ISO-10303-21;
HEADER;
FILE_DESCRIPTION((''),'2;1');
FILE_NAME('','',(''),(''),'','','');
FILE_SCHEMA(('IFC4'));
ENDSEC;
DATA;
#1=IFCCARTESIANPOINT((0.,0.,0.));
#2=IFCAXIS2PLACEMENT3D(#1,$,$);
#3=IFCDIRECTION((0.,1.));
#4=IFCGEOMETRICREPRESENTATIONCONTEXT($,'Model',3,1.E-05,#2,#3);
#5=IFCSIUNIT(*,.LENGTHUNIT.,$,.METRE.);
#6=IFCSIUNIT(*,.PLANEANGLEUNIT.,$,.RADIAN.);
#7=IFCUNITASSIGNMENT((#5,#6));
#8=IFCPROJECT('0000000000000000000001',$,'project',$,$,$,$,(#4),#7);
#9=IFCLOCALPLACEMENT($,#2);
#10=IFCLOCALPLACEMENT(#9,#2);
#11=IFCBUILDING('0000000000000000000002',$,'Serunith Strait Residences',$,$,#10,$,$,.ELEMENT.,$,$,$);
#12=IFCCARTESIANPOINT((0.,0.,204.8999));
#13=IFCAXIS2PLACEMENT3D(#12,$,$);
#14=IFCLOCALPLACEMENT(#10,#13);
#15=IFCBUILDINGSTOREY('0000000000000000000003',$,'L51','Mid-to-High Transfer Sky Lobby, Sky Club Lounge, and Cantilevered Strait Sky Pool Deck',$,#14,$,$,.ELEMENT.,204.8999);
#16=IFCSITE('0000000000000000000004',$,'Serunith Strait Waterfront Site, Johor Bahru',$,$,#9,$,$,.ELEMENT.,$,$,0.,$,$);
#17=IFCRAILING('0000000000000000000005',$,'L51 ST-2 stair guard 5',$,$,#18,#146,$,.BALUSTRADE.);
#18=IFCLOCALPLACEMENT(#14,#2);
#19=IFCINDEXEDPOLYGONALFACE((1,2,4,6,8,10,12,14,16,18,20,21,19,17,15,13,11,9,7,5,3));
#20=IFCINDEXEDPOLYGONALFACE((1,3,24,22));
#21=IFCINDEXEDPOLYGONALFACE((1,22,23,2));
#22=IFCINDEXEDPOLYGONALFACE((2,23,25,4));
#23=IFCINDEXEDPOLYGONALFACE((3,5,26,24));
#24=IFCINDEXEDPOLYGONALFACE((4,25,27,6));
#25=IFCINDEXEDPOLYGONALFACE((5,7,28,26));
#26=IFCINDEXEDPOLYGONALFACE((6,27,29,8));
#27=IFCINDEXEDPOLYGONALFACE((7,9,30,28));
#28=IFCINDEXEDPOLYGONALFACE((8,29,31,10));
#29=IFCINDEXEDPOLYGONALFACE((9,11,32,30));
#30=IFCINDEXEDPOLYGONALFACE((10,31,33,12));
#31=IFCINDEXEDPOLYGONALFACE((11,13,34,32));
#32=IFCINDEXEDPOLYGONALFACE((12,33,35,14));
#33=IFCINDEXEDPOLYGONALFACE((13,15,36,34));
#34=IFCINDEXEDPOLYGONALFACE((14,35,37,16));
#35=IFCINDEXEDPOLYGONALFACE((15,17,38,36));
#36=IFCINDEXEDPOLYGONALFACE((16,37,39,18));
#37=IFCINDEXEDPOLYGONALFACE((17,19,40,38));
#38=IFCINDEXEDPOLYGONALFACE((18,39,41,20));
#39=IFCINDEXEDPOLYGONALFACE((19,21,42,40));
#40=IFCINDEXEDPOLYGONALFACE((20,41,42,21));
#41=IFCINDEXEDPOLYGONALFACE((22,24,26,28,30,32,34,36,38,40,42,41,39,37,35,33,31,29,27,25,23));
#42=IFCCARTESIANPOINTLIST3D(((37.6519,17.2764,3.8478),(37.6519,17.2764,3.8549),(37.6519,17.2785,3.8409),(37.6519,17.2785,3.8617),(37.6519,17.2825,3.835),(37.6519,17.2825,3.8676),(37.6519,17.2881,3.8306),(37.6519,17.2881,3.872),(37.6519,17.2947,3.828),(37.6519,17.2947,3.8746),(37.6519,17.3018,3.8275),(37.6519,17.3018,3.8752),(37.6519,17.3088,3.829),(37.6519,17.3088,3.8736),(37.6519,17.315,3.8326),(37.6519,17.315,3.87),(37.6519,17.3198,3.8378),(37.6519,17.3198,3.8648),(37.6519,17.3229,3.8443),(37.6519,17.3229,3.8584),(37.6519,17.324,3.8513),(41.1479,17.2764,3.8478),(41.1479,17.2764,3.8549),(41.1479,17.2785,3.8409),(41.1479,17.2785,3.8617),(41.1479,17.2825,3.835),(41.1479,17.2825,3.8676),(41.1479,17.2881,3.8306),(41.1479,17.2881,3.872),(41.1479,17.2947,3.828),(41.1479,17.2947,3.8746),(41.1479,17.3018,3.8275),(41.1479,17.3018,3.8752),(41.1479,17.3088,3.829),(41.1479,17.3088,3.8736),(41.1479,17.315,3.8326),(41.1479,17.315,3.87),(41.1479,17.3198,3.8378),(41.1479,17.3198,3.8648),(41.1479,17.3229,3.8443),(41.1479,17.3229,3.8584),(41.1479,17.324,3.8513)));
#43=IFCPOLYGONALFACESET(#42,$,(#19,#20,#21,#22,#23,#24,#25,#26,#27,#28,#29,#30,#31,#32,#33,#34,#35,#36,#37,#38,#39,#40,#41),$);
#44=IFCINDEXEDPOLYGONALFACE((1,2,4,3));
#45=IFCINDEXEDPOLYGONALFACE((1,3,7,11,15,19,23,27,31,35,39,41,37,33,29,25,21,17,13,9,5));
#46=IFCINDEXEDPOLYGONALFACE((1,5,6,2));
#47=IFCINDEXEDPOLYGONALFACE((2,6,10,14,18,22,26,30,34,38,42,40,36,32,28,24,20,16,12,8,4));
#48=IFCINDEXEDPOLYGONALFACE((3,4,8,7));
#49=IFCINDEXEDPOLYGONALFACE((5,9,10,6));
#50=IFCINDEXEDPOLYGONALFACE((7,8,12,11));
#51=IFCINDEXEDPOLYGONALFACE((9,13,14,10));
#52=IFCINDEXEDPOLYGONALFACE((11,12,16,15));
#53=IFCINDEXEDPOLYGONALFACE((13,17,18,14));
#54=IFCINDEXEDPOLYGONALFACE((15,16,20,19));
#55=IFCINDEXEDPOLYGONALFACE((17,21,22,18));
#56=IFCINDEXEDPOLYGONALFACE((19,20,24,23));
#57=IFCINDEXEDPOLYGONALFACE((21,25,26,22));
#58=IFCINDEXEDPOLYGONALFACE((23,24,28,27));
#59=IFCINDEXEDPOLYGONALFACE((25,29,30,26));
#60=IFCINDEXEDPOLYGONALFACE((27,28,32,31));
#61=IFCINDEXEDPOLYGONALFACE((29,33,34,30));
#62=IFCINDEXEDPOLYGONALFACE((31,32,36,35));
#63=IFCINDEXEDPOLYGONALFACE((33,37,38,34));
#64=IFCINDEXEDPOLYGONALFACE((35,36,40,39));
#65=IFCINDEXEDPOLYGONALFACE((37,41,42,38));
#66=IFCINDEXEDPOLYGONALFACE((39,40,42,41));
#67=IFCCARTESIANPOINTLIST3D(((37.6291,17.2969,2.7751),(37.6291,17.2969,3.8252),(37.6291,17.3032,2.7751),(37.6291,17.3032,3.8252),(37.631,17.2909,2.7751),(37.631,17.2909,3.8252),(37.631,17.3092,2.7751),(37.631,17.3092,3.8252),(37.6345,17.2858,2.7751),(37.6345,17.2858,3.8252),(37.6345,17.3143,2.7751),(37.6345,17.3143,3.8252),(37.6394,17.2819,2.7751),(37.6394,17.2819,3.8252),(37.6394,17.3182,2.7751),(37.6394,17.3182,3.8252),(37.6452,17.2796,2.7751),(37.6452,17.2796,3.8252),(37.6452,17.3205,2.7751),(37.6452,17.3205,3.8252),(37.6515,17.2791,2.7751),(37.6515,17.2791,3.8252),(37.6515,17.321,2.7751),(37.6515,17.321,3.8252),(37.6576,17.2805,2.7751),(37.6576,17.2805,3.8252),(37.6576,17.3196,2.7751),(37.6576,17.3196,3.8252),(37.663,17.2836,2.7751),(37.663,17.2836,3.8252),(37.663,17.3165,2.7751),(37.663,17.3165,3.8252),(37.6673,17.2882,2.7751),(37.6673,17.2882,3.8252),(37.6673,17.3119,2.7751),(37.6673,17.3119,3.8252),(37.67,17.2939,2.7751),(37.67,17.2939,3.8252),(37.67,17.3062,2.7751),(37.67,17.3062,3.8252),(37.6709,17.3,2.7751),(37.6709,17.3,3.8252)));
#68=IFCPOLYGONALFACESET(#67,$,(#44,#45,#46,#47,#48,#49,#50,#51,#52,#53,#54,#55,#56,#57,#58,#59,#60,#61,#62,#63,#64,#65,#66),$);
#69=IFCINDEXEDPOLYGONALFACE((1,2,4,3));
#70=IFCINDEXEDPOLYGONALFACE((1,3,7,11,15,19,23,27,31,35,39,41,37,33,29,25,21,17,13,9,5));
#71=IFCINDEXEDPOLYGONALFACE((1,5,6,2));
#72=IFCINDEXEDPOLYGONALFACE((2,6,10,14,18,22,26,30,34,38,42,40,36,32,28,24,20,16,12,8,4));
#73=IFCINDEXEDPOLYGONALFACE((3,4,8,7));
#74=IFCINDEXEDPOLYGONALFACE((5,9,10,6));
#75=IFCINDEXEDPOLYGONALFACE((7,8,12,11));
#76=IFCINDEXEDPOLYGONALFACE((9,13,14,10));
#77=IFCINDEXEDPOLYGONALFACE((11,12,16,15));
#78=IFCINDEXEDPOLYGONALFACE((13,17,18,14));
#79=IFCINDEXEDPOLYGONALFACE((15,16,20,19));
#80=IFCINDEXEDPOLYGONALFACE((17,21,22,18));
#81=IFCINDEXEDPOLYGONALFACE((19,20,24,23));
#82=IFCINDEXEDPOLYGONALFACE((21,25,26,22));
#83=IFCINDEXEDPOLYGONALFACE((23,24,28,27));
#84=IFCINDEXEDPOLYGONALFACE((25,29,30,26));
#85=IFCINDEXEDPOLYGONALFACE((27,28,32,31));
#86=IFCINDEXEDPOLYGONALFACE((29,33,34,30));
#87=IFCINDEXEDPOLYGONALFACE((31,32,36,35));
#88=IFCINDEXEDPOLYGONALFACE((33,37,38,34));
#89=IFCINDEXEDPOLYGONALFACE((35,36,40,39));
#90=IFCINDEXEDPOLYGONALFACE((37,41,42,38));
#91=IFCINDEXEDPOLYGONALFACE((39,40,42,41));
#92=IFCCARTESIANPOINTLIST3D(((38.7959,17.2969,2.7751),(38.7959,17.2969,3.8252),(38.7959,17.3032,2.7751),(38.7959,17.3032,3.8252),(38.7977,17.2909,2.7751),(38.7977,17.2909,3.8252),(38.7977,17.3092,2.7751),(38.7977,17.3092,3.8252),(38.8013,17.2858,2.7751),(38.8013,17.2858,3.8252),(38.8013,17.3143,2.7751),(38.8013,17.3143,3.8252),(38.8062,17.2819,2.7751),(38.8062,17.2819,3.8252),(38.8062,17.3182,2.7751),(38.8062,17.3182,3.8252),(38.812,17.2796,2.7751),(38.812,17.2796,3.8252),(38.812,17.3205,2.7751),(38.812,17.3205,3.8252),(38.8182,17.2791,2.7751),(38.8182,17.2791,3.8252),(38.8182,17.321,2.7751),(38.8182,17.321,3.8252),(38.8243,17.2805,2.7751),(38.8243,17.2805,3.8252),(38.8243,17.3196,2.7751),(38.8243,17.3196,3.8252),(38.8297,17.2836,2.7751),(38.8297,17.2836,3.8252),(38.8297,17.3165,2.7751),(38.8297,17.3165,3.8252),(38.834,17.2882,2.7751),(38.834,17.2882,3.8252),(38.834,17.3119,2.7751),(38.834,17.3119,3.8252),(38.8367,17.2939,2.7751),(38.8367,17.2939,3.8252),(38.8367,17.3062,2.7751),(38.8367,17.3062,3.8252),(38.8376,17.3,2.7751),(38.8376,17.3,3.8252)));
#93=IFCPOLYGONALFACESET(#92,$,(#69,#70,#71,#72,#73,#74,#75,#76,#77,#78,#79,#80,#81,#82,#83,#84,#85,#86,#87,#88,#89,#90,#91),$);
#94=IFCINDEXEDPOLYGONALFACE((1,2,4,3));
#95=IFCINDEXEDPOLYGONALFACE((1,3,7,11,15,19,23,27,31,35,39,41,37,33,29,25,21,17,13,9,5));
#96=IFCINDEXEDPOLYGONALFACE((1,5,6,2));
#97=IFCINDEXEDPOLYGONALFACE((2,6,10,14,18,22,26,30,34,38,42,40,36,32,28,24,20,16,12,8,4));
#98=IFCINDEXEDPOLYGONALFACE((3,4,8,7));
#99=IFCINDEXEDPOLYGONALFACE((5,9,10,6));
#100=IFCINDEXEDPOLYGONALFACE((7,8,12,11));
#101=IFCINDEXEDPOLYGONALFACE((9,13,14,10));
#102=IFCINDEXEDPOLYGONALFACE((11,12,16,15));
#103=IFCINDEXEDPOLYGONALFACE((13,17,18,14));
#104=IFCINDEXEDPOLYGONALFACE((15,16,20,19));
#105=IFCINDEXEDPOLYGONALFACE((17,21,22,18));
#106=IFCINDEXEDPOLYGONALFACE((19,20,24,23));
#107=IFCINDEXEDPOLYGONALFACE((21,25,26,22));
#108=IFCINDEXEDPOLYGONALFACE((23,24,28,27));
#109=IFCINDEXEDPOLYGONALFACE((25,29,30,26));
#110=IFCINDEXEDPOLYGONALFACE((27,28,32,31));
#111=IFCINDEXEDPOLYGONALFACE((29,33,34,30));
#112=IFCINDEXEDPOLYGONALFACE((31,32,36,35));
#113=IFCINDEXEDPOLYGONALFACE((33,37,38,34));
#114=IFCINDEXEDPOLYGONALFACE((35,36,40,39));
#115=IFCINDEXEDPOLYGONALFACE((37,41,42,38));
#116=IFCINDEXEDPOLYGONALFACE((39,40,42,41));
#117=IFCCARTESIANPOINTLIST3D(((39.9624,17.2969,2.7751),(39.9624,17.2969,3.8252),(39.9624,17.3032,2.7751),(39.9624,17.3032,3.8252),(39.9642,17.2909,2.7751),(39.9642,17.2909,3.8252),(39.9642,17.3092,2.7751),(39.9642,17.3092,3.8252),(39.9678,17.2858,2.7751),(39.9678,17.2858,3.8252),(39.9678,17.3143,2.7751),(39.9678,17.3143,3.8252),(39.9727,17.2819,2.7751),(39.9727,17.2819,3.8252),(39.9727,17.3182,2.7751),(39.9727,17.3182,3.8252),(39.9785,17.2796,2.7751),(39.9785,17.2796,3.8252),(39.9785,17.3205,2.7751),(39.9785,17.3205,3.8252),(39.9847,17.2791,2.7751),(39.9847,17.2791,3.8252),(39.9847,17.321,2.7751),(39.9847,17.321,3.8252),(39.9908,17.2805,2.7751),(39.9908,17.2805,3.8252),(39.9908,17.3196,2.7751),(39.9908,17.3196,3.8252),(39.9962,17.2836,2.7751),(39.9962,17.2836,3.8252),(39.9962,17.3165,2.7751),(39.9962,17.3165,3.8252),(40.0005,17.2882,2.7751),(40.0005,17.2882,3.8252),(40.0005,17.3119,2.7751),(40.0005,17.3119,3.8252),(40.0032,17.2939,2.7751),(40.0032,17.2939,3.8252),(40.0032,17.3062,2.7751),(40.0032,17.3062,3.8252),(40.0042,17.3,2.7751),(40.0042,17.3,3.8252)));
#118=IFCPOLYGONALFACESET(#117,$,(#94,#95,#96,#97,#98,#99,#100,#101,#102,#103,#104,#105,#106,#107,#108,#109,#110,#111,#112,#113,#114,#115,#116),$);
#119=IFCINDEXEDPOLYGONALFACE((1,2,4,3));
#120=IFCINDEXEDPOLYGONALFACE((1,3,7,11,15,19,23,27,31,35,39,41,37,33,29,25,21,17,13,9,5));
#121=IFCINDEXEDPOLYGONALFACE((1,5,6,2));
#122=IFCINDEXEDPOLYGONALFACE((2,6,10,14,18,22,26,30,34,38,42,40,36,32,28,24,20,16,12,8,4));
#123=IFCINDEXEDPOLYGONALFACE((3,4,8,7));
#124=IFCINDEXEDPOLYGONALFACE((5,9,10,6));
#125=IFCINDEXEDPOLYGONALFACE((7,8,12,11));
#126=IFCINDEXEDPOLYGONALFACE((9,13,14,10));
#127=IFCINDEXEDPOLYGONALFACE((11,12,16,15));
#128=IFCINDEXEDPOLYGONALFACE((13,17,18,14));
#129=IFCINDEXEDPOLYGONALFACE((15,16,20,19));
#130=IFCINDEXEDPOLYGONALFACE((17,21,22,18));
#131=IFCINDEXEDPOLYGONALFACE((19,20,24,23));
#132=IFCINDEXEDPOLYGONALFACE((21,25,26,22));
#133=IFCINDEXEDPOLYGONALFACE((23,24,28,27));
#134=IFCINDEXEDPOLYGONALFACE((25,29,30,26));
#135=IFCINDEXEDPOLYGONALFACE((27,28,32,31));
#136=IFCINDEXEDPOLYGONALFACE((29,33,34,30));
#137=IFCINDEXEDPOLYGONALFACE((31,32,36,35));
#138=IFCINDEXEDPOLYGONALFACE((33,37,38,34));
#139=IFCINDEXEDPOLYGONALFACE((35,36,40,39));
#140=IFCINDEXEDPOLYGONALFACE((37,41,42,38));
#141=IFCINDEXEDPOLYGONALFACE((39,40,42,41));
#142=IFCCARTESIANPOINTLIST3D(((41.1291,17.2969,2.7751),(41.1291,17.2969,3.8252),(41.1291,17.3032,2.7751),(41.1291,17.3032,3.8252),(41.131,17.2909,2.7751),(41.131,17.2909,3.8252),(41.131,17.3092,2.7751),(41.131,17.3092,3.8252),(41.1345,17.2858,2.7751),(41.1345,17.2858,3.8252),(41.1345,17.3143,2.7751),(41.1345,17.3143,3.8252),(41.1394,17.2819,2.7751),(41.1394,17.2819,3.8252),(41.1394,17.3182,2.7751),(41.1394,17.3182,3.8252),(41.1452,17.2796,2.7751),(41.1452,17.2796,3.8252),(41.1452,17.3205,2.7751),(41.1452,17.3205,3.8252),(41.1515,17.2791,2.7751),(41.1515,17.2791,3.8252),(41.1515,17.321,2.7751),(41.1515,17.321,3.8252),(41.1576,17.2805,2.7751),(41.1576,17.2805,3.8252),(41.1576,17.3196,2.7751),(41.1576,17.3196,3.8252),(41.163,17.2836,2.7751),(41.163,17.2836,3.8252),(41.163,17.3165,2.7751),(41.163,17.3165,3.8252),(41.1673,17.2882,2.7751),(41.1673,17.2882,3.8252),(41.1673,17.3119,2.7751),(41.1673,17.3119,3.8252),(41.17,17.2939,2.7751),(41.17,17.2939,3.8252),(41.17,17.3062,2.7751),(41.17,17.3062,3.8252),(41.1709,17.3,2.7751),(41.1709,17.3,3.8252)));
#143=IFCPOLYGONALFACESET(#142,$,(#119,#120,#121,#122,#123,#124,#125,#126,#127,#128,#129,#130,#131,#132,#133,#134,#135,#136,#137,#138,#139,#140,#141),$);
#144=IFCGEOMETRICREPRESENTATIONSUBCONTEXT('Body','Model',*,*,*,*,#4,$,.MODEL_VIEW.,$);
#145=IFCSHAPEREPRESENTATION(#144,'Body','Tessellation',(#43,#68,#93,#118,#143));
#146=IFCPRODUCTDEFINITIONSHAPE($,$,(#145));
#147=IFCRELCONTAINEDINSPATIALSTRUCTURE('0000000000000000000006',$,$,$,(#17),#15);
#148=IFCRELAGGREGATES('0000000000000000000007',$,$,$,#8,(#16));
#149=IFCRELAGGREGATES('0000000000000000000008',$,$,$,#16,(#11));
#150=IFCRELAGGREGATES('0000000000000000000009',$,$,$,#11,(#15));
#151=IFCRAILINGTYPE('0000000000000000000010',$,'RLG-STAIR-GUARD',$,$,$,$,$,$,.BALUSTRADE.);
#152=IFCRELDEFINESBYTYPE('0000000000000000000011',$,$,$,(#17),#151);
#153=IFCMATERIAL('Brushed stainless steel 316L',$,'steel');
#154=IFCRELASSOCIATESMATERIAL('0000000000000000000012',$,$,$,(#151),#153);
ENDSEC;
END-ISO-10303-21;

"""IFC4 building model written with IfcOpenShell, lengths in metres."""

from ifc_helpers import new_model, si_unit, direction, frame, origin, origin_2d, place, context, subcontext, project, spatial, circle, extrude, material, type_object, element, save


model = new_model("IFC4")

# Units and contexts
model_context = context("Model", 3, precision=1e-05, world=origin(), true_north=direction((0.0, 1.0)))
body_context = subcontext(model_context, "Body", "Model", "MODEL_VIEW")
ifc_project = project(units=[si_unit("LENGTHUNIT", "METRE"), si_unit("PLANEANGLEUNIT", "RADIAN")], contexts=[model_context])

# Site, building, storey
site_placement = place(None, origin())
site = spatial("IfcSite", under=ifc_project, at=site_placement, Name="Serunith Strait Waterfront Site, Johor Bahru", CompositionType="ELEMENT", RefElevation=0.0)
building_placement = place(site_placement, origin())
building = spatial("IfcBuilding", under=site, at=building_placement, Name="Serunith Strait Residences", CompositionType="ELEMENT")
storey_placement = place(building_placement, frame((0.0, 0.0, 204.8999)))
storey = spatial("IfcBuildingStorey", under=building, at=storey_placement, Name="L51", Description="Mid-to-High Transfer Sky Lobby, Sky Club Lounge, and Cantilevered Strait Sky Pool Deck", CompositionType="ELEMENT", Elevation=204.8999)

# Railing
ifc_material_1 = material(Name="Brushed stainless steel 316L", Category="steel")
railing_type_1 = type_object("IfcRailingType", Name="RLG-STAIR-GUARD", PredefinedType="BALUSTRADE", material=ifc_material_1)
railing_1_placement = place(storey_placement, frame((37.6499, 17.3, 2.7751)))
element("IfcRailing", 1, at=railing_1_placement, inside=storey, type_object=railing_type_1, Name="L51 ST-2 stair guard 5", PredefinedType="BALUSTRADE", context=body_context, shape_type="SweptSolid", body=[
    extrude(circle(Radius=0.0239, at=origin_2d()), frame((0.002, 0.0, 1.0762), z_axis=(1.0, 0.0, 0.0), x_axis=(0.0, 1.0, 0.0)), (0.0, 0.0, 1.0), 3.4961),
    extrude(circle(Radius=0.021, at=origin_2d()), origin(), (0.0, 0.0, 1.0), 1.05),
    extrude(circle(Radius=0.021, at=origin_2d()), frame((1.1667, 0.0, 0.0)), (0.0, 0.0, 1.0), 1.05),
    extrude(circle(Radius=0.021, at=origin_2d()), frame((2.3333, 0.0, 0.0)), (0.0, 0.0, 1.0), 1.05),
    extrude(circle(Radius=0.021, at=origin_2d()), frame((3.5, 0.0, 0.0)), (0.0, 0.0, 1.0), 1.05),
])

save(model, "model.ifc")
